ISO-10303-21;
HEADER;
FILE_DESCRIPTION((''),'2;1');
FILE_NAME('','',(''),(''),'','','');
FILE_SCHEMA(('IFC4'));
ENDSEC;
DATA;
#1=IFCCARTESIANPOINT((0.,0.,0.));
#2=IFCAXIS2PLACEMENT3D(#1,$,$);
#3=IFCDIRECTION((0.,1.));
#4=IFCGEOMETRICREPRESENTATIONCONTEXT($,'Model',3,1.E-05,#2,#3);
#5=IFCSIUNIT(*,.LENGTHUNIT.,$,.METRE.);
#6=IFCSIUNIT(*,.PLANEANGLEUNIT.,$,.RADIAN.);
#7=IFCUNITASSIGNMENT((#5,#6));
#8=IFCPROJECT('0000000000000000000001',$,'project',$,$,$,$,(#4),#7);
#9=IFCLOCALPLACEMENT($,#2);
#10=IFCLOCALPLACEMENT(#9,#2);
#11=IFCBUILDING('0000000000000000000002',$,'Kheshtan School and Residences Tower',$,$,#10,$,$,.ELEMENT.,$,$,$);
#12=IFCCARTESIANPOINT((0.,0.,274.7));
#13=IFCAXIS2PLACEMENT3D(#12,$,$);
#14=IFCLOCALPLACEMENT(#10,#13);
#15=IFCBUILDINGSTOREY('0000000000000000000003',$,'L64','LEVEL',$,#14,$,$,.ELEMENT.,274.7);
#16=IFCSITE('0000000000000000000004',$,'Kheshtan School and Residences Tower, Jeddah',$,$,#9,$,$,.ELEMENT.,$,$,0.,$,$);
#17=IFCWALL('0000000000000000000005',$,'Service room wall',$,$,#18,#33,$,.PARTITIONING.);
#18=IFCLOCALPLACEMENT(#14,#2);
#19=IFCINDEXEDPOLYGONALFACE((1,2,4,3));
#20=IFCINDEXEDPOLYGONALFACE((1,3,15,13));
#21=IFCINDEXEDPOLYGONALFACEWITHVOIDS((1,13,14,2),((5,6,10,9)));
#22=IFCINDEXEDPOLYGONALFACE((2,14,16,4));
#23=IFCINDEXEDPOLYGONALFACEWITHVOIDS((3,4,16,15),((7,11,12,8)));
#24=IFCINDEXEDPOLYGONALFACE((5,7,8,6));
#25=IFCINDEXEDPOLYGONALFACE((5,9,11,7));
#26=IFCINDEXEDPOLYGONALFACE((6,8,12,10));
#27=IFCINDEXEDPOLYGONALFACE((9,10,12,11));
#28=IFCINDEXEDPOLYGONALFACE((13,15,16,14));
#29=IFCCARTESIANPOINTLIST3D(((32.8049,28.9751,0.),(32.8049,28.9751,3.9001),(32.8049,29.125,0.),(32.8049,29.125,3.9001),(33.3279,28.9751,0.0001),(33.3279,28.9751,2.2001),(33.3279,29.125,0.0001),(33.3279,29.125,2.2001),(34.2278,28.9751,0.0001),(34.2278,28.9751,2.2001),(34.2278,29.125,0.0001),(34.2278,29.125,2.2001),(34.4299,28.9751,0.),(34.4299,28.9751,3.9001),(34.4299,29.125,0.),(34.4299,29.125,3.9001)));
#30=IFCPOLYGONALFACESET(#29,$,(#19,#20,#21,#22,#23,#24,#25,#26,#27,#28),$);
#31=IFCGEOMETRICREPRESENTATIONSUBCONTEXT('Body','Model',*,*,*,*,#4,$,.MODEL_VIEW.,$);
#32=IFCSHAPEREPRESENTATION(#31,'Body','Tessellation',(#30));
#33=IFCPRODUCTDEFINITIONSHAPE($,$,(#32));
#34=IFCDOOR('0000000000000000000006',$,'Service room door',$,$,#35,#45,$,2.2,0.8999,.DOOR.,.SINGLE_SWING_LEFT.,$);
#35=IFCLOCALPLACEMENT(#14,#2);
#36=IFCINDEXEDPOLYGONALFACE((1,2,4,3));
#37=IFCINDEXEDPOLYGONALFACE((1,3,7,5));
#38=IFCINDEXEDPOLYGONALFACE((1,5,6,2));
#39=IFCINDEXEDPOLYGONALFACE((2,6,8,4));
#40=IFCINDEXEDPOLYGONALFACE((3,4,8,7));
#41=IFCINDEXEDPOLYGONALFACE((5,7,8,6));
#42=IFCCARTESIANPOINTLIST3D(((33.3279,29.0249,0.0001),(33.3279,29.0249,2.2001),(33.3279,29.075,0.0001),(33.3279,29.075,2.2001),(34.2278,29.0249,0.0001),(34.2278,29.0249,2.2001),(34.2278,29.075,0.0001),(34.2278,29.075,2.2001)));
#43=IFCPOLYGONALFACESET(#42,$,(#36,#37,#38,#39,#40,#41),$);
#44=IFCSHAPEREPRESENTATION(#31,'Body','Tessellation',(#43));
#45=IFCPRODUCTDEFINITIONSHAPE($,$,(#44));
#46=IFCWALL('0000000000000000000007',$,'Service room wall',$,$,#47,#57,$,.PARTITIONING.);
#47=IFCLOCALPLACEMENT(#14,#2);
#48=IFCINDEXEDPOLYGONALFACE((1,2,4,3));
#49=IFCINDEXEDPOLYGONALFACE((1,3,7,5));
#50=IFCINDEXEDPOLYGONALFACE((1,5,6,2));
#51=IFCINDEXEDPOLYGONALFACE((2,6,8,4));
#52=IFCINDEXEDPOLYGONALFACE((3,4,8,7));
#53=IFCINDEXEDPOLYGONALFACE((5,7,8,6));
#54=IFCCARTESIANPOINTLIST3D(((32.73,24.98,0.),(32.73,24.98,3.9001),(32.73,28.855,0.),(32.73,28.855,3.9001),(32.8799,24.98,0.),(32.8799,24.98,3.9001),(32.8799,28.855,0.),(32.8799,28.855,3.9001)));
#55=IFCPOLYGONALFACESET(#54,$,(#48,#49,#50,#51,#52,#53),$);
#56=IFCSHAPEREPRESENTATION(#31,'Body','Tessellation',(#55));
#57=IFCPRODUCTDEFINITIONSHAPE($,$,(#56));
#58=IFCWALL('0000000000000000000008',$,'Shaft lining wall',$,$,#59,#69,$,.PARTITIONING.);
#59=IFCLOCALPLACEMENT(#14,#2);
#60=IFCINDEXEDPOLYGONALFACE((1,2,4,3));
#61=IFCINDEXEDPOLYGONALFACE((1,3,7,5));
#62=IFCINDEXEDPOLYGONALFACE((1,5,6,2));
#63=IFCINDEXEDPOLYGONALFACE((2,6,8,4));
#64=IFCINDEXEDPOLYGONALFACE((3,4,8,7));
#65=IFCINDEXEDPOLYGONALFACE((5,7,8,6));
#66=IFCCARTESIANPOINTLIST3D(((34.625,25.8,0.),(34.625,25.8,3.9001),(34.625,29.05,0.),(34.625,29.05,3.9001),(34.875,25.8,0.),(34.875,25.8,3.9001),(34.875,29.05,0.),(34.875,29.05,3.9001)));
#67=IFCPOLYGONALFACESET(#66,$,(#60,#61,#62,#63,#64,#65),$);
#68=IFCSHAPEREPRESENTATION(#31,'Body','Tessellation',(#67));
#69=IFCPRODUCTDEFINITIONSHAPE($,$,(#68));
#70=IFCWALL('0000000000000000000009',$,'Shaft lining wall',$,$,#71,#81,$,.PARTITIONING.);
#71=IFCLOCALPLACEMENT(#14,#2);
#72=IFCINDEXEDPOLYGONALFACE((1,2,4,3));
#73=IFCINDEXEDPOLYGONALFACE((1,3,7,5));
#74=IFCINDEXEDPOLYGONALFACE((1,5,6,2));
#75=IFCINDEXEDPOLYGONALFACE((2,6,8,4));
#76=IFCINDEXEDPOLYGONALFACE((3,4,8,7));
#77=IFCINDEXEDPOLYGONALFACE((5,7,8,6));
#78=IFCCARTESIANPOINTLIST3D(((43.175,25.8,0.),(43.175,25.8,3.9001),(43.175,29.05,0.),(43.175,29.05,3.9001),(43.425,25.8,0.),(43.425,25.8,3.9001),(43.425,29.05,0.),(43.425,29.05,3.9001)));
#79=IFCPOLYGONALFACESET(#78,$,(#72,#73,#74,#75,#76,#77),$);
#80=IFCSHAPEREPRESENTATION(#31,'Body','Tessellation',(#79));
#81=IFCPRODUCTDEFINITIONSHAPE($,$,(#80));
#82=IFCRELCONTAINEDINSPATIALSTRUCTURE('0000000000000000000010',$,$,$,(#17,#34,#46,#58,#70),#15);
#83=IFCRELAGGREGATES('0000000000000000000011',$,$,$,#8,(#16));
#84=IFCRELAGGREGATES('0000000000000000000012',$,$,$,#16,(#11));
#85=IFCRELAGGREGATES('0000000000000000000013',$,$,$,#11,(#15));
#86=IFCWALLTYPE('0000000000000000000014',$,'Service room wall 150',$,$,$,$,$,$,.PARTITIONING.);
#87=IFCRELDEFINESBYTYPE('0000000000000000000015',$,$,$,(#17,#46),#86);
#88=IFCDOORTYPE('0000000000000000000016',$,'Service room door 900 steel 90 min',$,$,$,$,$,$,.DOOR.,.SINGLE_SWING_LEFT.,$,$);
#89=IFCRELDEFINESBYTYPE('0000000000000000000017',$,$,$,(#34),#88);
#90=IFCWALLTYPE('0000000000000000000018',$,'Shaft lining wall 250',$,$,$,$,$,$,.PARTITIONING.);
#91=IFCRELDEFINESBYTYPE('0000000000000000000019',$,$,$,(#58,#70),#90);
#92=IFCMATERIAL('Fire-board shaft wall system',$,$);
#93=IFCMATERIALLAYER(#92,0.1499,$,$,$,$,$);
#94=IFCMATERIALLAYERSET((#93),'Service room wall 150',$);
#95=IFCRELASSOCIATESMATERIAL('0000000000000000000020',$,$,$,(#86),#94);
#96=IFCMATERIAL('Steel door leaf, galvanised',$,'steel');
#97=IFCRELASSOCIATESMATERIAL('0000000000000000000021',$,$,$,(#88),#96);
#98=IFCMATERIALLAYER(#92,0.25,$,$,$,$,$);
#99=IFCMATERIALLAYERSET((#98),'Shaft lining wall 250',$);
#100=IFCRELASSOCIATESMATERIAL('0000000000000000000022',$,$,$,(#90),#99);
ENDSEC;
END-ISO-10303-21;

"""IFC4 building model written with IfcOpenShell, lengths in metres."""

from ifc_helpers import new_model, si_unit, direction, frame, frame_2d, origin, place, context, subcontext, project, spatial, rectangle, extrude, source, transform, mapped, material, layer, layer_set, type_object, element, fill, save


model = new_model("IFC4")

# Units and contexts
model_context = context("Model", 3, precision=1e-05, world=origin(), true_north=direction((0.0, 1.0)))
body_context = subcontext(model_context, "Body", "Model", "MODEL_VIEW")
ifc_project = project(units=[si_unit("LENGTHUNIT", "METRE"), si_unit("PLANEANGLEUNIT", "RADIAN")], contexts=[model_context])

# Site, building, storey
site_placement = place(None, origin())
site = spatial("IfcSite", under=ifc_project, at=site_placement, Name="Kheshtan School and Residences Tower, Jeddah", CompositionType="ELEMENT", RefElevation=0.0)
building_placement = place(site_placement, origin())
building = spatial("IfcBuilding", under=site, at=building_placement, Name="Kheshtan School and Residences Tower", CompositionType="ELEMENT")
storey_placement = place(building_placement, frame((0.0, 0.0, 274.7)))
storey = spatial("IfcBuildingStorey", under=building, at=storey_placement, Name="L64", Description="LEVEL", CompositionType="ELEMENT", Elevation=274.7)

# Shared definitions
ifc_material_1 = material(Name="Steel door leaf, galvanised", Category="steel")

# Shared definitions
ifc_material_2 = material(Name="Fire-board shaft wall system")
ifc_layer_1 = layer(ifc_material_2, 0.1499)
ifc_layer_set_1 = layer_set([ifc_layer_1], Name="Service room wall 150")
wall_type_1 = type_object("IfcWallType", Name="Service room wall 150", PredefinedType="PARTITIONING", material=ifc_layer_set_1)

# Wall, opening, door
wall_1_placement = place(storey_placement, frame((32.8049, 29.05, 0.0), z_axis=(0.0, 0.0, 1.0), x_axis=(1.0, 0.0, 0.0)))
wall_1 = element("IfcWall", 1, at=wall_1_placement, inside=storey, type_object=wall_type_1, Name="Service room wall", PredefinedType="PARTITIONING", context=body_context, shape_type="SweptSolid", body=[
    extrude(rectangle(XDim=1.625, YDim=0.1499, at=frame_2d((0.8125, 0.0))), origin(), (0.0, 0.0, 1.0), 3.9001),
])
opening_1_placement = place(wall_1_placement, frame((0.5229, 0.0, 0.0)))
opening_1 = element("IfcOpeningElement", 2, at=opening_1_placement, cuts=wall_1, PredefinedType="OPENING", context=body_context, shape_type="SweptSolid", body=[
    extrude(rectangle(XDim=0.8999, YDim=2.2, at=frame_2d((0.45, 1.1001))), frame((0.0, 0.085, 0.0), z_axis=(0.0, -1.0, 0.0), x_axis=(1.0, 0.0, 0.0)), (0.0, 0.0, 1.0), 0.1699),
])
door_type_1 = type_object("IfcDoorType", Name="Service room door 900 steel 90 min", OperationType="SINGLE_SWING_LEFT", PredefinedType="DOOR", material=ifc_material_1)
shared_shape_1 = source(origin(), body_context, "Body", "SweptSolid", [
    extrude(rectangle(XDim=0.8999, YDim=2.2, at=frame_2d((0.45, 1.1001))), frame((0.0, 0.0249, 0.0), z_axis=(0.0, -1.0, 0.0), x_axis=(1.0, 0.0, 0.0)), (0.0, 0.0, 1.0), 0.05),
])
door_1_placement = place(opening_1_placement, origin())
door_1 = element("IfcDoor", 3, at=door_1_placement, inside=storey, type_object=door_type_1, Name="Service room door", OperationType="SINGLE_SWING_LEFT", OverallHeight=2.2, OverallWidth=0.8999, PredefinedType="DOOR", context=body_context, shape_type="MappedRepresentation", body=[
    mapped(shared_shape_1, transform((0.0, 0.0, 0.0), x_axis=(1.0, 0.0, 0.0), y_axis=(0.0, 1.0, 0.0), z_axis=(0.0, 0.0, 1.0), scale=1.0)),
])
fill(opening_1, door_1)

# Walls
wall_2_placement = place(storey_placement, frame((32.8049, 24.98, 0.0), z_axis=(0.0, 0.0, 1.0), x_axis=(0.0, 1.0, 0.0)))
element("IfcWall", 4, at=wall_2_placement, inside=storey, type_object=wall_type_1, Name="Service room wall", PredefinedType="PARTITIONING", context=body_context, shape_type="SweptSolid", body=[
    extrude(rectangle(XDim=3.875, YDim=0.1499, at=frame_2d((1.9375, 0.0))), origin(), (0.0, 0.0, 1.0), 3.9001),
])
ifc_layer_2 = layer(ifc_material_2, 0.25)
ifc_layer_set_2 = layer_set([ifc_layer_2], Name="Shaft lining wall 250")
wall_type_2 = type_object("IfcWallType", Name="Shaft lining wall 250", PredefinedType="PARTITIONING", material=ifc_layer_set_2)
for number, where, z_axis, x_axis, name in (
    (5, (34.75, 25.8, 0.0), (0.0, 0.0, 1.0), (0.0, 1.0, 0.0), "Shaft lining wall"),
    (6, (43.3, 25.8, 0.0), (0.0, 0.0, 1.0), (0.0, 1.0, 0.0), "Shaft lining wall"),
):
    element("IfcWall", number, at=place(storey_placement, frame(where, z_axis=z_axis, x_axis=x_axis)), inside=storey, type_object=wall_type_2, Name=name, PredefinedType="PARTITIONING", context=body_context, shape_type="SweptSolid", body=[
        extrude(rectangle(XDim=3.25, YDim=0.25, at=frame_2d((1.625, 0.0))), origin(), (0.0, 0.0, 1.0), 3.9001),
    ])

save(model, "model.ifc")
